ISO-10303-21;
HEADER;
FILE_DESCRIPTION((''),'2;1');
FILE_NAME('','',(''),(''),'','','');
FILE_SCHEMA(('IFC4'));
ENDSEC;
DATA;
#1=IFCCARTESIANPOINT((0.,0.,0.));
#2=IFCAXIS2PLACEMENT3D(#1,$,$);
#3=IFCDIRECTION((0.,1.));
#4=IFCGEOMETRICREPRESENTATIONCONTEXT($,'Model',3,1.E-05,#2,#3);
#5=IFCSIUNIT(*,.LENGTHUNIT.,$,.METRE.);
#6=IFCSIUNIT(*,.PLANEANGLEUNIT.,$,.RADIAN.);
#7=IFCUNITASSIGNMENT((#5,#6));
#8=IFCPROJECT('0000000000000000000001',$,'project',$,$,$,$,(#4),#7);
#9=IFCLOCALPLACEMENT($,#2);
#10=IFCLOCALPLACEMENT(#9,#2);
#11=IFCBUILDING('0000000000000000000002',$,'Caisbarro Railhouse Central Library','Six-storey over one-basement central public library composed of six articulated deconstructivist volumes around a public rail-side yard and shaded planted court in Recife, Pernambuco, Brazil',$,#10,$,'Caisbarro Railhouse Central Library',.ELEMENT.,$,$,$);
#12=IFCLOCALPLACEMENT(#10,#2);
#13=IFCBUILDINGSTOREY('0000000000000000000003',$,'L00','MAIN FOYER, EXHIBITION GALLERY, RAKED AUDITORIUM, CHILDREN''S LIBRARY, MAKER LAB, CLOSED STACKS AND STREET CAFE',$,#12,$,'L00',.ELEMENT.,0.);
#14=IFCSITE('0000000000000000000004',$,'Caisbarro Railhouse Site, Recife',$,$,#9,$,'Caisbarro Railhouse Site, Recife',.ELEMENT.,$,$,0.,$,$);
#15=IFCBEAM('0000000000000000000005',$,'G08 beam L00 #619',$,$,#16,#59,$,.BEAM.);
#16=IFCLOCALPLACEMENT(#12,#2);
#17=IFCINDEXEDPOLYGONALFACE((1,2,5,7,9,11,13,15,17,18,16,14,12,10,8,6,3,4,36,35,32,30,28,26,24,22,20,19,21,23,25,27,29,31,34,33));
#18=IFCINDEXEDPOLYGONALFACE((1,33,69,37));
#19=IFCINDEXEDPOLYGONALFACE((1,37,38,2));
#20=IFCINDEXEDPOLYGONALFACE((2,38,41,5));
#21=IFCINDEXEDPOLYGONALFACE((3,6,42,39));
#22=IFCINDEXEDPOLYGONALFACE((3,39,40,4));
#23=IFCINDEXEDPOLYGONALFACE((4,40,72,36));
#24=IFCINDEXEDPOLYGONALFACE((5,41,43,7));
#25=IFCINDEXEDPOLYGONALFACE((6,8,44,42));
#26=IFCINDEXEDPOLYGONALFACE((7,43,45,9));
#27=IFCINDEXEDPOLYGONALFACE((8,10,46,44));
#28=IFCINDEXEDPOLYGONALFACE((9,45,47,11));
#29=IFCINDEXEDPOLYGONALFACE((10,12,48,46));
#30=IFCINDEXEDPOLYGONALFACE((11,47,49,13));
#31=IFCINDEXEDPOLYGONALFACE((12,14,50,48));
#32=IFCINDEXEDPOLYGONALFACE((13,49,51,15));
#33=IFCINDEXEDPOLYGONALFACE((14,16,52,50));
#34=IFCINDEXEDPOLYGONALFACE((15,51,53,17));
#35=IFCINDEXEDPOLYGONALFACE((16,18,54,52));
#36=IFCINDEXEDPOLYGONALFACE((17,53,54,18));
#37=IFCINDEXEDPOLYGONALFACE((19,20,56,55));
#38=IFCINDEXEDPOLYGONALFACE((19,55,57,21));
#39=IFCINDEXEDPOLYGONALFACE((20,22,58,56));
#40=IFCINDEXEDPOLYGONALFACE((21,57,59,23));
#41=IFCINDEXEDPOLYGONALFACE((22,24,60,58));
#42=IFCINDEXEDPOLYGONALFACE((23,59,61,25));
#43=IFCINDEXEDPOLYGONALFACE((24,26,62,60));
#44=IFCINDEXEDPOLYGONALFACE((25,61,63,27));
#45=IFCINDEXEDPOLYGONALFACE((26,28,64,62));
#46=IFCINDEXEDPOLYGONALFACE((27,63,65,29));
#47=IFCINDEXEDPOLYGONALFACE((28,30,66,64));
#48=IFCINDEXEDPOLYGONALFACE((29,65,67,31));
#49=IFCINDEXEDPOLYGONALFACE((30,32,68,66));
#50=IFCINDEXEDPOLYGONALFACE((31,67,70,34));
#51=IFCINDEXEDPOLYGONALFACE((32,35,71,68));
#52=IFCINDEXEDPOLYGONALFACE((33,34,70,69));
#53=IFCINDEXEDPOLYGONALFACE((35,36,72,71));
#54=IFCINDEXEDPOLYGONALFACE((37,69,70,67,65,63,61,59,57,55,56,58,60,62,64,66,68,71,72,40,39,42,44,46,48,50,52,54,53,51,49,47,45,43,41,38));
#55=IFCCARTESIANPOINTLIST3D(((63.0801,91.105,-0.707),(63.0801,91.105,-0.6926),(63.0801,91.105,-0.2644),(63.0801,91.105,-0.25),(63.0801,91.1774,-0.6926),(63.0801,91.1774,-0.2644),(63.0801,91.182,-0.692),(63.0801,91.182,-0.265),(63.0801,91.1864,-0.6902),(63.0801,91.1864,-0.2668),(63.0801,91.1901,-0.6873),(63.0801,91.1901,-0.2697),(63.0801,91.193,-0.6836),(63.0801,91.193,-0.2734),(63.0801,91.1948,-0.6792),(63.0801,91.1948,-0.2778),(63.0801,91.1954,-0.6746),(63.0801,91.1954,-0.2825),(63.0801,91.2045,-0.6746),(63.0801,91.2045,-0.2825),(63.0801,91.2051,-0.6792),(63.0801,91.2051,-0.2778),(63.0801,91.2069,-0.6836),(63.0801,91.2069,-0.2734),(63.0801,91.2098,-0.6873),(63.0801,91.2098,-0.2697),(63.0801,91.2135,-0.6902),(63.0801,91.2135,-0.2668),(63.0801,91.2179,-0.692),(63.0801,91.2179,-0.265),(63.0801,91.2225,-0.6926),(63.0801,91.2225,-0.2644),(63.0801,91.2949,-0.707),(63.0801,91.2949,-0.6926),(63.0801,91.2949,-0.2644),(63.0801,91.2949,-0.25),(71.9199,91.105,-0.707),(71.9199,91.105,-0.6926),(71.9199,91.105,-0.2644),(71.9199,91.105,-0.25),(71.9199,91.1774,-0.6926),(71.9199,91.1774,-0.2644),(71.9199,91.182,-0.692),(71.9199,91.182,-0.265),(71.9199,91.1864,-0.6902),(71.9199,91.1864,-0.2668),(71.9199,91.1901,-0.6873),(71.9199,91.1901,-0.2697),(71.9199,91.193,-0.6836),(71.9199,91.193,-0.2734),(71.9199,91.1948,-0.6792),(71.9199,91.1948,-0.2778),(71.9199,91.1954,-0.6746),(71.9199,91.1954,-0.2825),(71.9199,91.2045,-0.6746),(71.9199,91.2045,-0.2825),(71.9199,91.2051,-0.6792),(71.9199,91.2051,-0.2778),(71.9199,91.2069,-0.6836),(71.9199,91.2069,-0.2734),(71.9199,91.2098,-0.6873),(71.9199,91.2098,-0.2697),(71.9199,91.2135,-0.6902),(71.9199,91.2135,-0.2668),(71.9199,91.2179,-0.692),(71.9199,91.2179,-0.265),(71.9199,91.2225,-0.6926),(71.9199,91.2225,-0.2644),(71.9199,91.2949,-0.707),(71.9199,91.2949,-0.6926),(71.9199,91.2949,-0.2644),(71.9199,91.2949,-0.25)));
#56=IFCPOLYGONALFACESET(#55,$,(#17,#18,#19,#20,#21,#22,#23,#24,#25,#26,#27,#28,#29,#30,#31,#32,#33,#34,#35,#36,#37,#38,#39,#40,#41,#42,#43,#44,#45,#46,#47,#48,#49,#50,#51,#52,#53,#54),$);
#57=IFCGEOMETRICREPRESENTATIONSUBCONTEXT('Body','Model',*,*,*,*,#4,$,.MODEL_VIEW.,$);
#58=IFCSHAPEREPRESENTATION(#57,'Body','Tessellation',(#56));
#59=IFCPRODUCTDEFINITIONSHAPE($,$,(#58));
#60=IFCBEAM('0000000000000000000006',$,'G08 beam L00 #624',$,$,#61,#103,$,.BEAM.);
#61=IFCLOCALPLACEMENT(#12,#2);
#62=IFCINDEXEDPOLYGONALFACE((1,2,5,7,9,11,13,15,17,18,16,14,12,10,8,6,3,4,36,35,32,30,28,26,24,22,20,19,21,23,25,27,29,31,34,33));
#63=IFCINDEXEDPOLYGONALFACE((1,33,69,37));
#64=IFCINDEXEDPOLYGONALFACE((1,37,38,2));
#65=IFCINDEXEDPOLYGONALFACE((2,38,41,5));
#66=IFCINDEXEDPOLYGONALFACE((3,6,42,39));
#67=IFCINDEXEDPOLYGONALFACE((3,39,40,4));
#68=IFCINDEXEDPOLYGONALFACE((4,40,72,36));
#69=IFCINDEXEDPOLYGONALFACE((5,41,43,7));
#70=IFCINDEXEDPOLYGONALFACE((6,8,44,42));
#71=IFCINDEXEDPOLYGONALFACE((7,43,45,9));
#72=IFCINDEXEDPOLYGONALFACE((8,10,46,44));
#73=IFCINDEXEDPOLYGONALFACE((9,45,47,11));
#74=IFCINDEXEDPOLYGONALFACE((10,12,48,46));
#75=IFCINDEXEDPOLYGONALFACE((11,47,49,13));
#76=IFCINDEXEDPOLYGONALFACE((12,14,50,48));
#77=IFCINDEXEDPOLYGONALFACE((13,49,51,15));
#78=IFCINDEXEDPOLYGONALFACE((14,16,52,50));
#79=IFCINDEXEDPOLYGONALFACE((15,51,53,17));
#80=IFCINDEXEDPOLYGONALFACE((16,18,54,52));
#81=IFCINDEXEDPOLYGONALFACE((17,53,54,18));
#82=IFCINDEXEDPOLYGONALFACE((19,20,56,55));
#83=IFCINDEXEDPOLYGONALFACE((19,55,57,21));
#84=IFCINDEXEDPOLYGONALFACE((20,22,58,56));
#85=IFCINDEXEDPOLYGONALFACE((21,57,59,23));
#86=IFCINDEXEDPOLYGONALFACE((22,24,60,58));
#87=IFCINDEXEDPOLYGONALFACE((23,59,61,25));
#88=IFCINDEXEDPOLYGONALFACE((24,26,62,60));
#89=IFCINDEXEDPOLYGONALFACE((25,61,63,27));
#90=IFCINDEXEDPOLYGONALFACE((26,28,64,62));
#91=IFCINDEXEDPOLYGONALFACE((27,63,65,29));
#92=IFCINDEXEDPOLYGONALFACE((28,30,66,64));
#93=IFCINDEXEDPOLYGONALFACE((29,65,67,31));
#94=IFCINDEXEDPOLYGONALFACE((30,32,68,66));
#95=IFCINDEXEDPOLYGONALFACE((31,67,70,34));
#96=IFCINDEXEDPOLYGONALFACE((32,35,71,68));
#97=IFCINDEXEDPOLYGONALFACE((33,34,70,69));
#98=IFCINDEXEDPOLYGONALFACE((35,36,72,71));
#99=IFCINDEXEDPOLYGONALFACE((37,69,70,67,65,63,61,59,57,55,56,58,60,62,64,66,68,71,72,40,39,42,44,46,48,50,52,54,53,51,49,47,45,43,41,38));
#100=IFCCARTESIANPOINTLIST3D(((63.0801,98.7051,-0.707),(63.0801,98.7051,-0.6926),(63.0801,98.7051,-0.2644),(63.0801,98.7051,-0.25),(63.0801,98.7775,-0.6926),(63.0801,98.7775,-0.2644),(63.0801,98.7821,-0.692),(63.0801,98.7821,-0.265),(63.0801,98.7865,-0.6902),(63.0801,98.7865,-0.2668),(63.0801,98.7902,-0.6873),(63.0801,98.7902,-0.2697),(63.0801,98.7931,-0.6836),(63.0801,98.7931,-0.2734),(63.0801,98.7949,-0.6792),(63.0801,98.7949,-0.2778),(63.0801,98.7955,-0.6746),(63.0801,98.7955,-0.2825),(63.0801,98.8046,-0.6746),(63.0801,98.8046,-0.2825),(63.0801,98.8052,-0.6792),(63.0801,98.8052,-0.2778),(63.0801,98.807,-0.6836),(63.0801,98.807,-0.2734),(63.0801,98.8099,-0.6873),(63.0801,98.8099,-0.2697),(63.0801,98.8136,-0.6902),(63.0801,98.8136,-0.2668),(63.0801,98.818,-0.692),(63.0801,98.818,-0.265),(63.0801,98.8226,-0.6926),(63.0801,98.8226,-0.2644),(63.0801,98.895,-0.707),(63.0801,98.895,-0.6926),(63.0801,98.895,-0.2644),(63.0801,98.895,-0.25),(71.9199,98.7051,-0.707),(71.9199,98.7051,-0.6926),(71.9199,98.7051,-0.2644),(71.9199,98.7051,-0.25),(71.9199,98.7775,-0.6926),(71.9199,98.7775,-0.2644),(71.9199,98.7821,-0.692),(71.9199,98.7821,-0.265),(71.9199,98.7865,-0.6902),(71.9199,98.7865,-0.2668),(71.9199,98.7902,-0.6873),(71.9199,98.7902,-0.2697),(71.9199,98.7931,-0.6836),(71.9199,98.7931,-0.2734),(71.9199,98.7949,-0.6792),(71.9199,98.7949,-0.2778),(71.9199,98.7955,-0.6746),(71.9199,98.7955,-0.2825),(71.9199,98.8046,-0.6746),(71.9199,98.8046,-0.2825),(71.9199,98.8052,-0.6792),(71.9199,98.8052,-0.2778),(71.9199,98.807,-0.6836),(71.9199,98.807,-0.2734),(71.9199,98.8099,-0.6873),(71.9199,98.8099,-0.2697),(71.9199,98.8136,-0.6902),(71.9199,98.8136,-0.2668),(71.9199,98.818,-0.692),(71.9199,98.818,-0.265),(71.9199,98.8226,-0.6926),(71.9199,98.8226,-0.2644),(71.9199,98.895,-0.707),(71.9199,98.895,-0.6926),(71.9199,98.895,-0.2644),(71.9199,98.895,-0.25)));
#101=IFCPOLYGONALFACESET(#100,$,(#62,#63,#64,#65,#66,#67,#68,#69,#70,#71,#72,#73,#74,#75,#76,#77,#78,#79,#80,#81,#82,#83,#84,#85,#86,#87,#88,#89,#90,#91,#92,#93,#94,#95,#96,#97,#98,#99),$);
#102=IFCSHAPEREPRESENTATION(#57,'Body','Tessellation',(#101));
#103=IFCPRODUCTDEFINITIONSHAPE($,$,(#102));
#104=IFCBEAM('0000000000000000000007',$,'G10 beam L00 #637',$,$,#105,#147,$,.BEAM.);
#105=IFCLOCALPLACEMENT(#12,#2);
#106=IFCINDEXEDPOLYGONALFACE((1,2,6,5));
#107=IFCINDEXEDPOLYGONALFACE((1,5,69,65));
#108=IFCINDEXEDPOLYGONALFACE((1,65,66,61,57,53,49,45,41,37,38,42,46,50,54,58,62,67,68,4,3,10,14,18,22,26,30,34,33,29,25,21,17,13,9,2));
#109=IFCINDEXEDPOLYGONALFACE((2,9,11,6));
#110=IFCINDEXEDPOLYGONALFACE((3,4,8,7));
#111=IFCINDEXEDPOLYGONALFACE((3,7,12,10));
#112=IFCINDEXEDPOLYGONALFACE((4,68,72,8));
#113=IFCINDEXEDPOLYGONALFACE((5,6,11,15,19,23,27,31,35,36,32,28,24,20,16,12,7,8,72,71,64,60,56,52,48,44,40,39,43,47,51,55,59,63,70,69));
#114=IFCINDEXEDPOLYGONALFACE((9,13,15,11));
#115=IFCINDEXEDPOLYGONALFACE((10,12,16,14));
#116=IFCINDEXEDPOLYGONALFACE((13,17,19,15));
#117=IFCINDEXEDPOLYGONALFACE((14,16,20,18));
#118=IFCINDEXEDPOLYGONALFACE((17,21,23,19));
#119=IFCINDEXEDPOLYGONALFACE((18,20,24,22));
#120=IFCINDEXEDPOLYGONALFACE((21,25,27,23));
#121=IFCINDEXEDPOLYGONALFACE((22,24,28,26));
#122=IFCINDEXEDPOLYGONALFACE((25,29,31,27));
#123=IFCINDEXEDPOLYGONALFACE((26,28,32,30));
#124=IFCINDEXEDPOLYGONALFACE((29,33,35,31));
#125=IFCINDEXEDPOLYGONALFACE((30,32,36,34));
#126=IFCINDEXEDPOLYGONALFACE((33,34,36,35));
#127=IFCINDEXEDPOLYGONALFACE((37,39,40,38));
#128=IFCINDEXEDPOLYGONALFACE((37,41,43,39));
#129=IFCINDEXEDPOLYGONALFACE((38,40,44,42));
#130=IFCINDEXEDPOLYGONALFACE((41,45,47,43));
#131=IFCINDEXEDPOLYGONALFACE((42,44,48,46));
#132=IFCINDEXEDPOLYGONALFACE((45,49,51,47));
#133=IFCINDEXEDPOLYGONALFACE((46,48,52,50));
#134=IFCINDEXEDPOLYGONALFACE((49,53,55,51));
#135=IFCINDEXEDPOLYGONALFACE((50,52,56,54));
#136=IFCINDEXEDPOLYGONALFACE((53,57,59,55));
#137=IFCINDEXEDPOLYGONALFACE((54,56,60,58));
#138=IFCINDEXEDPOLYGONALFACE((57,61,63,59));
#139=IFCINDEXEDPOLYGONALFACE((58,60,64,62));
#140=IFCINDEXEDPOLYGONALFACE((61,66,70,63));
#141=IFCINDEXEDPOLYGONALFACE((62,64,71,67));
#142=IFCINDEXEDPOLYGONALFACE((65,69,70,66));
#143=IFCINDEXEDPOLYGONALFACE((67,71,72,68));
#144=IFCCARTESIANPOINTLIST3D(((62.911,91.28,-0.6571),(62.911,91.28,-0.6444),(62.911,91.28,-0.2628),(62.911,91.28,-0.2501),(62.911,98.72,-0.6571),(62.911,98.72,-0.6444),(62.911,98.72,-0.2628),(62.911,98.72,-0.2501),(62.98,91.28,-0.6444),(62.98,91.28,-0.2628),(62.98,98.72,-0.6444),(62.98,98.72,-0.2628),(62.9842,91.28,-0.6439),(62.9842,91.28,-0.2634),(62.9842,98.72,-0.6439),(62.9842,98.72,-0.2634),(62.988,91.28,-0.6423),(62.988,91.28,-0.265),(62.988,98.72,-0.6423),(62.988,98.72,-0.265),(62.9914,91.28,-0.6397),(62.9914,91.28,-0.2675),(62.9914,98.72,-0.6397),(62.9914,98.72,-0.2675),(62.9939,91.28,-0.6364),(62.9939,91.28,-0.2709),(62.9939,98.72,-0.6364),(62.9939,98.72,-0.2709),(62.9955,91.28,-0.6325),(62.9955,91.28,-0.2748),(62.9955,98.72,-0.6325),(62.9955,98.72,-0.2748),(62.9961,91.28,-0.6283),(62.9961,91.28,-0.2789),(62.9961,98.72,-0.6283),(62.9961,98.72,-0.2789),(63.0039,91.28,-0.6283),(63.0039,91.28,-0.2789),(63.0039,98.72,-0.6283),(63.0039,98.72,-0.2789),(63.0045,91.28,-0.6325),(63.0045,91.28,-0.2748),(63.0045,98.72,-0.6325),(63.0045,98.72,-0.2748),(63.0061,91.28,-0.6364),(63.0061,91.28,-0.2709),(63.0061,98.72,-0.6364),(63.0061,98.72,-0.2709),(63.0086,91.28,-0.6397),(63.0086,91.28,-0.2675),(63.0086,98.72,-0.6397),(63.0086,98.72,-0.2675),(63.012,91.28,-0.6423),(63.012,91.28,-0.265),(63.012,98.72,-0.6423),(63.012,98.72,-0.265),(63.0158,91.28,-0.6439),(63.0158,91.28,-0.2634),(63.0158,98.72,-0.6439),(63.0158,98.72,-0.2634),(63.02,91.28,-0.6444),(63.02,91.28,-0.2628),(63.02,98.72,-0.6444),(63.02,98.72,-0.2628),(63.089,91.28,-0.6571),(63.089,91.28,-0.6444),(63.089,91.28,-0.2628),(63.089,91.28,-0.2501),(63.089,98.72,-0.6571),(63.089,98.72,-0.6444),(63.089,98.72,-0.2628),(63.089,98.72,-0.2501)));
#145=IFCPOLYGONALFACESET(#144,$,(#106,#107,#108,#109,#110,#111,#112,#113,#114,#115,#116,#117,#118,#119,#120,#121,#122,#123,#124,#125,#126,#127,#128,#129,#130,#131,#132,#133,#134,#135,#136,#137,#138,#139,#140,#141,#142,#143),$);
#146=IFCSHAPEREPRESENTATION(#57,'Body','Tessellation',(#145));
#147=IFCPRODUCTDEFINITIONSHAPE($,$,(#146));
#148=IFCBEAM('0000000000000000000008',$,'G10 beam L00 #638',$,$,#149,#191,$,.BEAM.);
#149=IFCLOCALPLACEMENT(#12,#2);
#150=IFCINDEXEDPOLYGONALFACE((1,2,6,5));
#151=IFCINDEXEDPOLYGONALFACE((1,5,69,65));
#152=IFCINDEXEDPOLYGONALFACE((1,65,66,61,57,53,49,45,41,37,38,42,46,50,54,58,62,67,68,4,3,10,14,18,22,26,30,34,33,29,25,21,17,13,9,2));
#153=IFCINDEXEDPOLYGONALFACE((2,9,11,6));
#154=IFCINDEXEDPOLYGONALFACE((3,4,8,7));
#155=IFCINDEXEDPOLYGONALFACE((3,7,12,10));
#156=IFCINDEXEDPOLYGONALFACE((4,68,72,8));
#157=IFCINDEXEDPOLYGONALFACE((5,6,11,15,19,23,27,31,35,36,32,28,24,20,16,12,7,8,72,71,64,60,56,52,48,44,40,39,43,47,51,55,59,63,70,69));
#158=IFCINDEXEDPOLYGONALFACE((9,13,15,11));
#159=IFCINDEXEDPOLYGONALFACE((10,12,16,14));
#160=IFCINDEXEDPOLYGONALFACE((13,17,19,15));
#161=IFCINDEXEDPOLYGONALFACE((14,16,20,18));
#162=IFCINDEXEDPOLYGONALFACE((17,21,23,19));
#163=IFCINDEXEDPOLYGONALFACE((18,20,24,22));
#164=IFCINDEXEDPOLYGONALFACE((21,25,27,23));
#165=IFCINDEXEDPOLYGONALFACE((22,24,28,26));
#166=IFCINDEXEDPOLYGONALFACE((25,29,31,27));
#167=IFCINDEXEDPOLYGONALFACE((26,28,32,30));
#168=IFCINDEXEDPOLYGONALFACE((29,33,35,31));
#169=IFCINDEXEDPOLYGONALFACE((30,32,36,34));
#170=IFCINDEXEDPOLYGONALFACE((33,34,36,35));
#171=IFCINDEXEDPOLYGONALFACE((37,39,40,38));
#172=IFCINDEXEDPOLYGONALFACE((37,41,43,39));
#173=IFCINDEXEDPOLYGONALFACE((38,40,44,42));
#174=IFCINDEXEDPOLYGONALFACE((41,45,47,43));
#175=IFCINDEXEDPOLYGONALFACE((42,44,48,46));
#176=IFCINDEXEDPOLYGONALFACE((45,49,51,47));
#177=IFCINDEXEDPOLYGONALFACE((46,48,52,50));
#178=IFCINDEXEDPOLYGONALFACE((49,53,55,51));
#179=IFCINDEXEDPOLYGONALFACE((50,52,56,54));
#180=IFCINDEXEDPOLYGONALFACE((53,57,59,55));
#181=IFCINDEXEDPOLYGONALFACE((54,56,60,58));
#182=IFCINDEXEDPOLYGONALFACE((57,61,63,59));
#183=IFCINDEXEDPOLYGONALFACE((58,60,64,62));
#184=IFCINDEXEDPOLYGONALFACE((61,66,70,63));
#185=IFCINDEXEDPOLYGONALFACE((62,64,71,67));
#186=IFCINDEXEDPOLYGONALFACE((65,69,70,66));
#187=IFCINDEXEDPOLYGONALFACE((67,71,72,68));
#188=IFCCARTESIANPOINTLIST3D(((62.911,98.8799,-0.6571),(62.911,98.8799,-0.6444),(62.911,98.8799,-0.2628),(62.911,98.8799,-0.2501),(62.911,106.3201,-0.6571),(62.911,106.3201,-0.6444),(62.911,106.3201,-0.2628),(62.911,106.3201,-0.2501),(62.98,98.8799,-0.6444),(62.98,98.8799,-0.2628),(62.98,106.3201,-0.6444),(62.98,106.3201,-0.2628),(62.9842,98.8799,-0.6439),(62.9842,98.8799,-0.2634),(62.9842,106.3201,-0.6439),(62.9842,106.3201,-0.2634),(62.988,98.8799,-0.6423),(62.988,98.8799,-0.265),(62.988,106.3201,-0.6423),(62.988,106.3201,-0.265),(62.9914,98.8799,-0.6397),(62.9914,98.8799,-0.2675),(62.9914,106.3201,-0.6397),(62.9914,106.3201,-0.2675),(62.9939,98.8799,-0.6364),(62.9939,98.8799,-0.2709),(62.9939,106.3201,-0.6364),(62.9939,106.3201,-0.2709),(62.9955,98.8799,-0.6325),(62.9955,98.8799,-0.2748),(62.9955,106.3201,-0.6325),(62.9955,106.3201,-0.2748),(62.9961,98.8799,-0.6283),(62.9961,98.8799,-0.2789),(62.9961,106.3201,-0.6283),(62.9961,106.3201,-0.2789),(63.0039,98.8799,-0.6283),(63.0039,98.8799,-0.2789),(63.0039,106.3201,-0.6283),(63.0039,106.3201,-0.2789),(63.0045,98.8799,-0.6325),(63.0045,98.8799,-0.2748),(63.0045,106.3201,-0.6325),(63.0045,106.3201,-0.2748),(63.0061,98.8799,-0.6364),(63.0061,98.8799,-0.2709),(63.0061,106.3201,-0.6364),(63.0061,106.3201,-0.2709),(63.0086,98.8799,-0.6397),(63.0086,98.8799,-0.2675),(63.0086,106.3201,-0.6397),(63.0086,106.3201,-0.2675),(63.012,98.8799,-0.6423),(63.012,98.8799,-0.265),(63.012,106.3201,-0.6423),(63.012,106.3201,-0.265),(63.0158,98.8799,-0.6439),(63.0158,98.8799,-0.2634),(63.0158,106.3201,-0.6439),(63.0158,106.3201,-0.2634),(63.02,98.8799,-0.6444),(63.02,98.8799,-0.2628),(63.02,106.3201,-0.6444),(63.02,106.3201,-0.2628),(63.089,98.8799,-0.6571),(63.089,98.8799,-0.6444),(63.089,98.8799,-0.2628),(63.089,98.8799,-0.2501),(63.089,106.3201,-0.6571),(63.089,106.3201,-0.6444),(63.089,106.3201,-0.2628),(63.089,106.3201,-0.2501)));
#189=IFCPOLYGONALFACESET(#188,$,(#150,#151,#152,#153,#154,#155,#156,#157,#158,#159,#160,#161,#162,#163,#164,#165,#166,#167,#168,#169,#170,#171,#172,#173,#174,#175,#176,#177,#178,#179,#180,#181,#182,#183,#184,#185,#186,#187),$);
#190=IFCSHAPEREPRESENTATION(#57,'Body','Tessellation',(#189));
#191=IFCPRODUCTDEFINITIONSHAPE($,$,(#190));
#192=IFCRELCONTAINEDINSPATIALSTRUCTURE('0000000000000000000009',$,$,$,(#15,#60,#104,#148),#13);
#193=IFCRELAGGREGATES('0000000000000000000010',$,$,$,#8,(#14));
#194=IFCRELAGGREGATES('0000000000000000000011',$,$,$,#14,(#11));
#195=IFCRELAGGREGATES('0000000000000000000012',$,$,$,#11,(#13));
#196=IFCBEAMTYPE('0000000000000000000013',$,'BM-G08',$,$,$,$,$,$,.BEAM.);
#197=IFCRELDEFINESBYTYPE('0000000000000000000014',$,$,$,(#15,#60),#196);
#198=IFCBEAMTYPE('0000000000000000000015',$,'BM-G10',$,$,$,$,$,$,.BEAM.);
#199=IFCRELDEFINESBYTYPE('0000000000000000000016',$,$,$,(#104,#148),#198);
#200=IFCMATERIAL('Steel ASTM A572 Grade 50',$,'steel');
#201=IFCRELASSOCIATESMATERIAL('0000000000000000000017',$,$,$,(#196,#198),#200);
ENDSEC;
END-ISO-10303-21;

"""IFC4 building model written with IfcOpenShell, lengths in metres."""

from ifc_helpers import new_model, si_unit, direction, frame, origin, origin_2d, place, context, subcontext, project, spatial, i_section, extrude, material, material_profile, profile_set, type_object, element, save


model = new_model("IFC4")

# Units and contexts
model_context = context("Model", 3, precision=1e-05, world=origin(), true_north=direction((0.0, 1.0)))
body_context = subcontext(model_context, "Body", "Model", "MODEL_VIEW")
ifc_project = project(units=[si_unit("LENGTHUNIT", "METRE"), si_unit("PLANEANGLEUNIT", "RADIAN")], contexts=[model_context])

# Site, building, storey
site_placement = place(None, origin())
site = spatial("IfcSite", under=ifc_project, at=site_placement, Name="Caisbarro Railhouse Site, Recife", LongName="Caisbarro Railhouse Site, Recife", CompositionType="ELEMENT", RefElevation=0.0)
building_placement = place(site_placement, origin())
building = spatial("IfcBuilding", under=site, at=building_placement, Name="Caisbarro Railhouse Central Library", Description="Six-storey over one-basement central public library composed of six articulated deconstructivist volumes around a public rail-side yard and shaded planted court in Recife, Pernambuco, Brazil", LongName="Caisbarro Railhouse Central Library", CompositionType="ELEMENT")
storey_placement = place(building_placement, origin())
storey = spatial("IfcBuildingStorey", under=building, at=storey_placement, Name="L00", Description="MAIN FOYER, EXHIBITION GALLERY, RAKED AUDITORIUM, CHILDREN'S LIBRARY, MAKER LAB, CLOSED STACKS AND STREET CAFE", LongName="L00", CompositionType="ELEMENT", Elevation=0.0)

# Shared definitions
ifc_material_1 = material(Name="Steel ASTM A572 Grade 50", Category="steel")

# Beams
ifc_material_profile_1 = material_profile(ifc_material_1, i_section(OverallWidth=0.1899, OverallDepth=0.457, WebThickness=0.009, FlangeThickness=0.0144, FilletRadius=0.0181, at=origin_2d()), Name="W460X74.0")
ifc_profile_set_1 = profile_set([ifc_material_profile_1], Name="Steel ASTM A572 Grade 50")
beam_type_1 = type_object("IfcBeamType", Name="BM-G08", PredefinedType="BEAM", material=ifc_profile_set_1)
for number, where, z_axis, x_axis, name in (
    (1, (63.0801, 91.2, -0.4785), (1.0, 0.0, 0.0), (0.0, 1.0, 0.0), "G08 beam L00 #619"),
    (2, (63.0801, 98.8, -0.4785), (1.0, 0.0, 0.0), (0.0, 1.0, 0.0), "G08 beam L00 #624"),
):
    element("IfcBeam", number, at=place(storey_placement, frame(where, z_axis=z_axis, x_axis=x_axis)), inside=storey, type_object=beam_type_1, Name=name, PredefinedType="BEAM", context=body_context, shape_type="SweptSolid", body=[
        extrude(i_section(OverallWidth=0.1899, OverallDepth=0.457, WebThickness=0.009, FlangeThickness=0.0144, FilletRadius=0.0181, at=origin_2d()), origin(), (0.0, 0.0, 1.0), 8.8398),
    ])
ifc_material_profile_2 = material_profile(ifc_material_1, i_section(OverallWidth=0.178, OverallDepth=0.407, WebThickness=0.0078, FlangeThickness=0.0127, FilletRadius=0.0161, at=origin_2d()), Name="W410X60.0")
ifc_profile_set_2 = profile_set([ifc_material_profile_2], Name="Steel ASTM A572 Grade 50")
beam_type_2 = type_object("IfcBeamType", Name="BM-G10", PredefinedType="BEAM", material=ifc_profile_set_2)
beam_1_placement = place(storey_placement, frame((63.0, 91.28, -0.4536), z_axis=(0.0, 1.0, 0.0), x_axis=(-1.0, 0.0, 0.0)))
element("IfcBeam", 3, at=beam_1_placement, inside=storey, type_object=beam_type_2, Name="G10 beam L00 #637", PredefinedType="BEAM", context=body_context, shape_type="SweptSolid", body=[
    extrude(i_section(OverallWidth=0.178, OverallDepth=0.407, WebThickness=0.0078, FlangeThickness=0.0127, FilletRadius=0.0161, at=origin_2d()), origin(), (0.0, 0.0, 1.0), 7.4399),
])
beam_2_placement = place(storey_placement, frame((63.0, 98.8799, -0.4536), z_axis=(0.0, 1.0, 0.0), x_axis=(-1.0, 0.0, 0.0)))
element("IfcBeam", 4, at=beam_2_placement, inside=storey, type_object=beam_type_2, Name="G10 beam L00 #638", PredefinedType="BEAM", context=body_context, shape_type="SweptSolid", body=[
    extrude(i_section(OverallWidth=0.178, OverallDepth=0.407, WebThickness=0.0078, FlangeThickness=0.0127, FilletRadius=0.0161, at=origin_2d()), origin(), (0.0, 0.0, 1.0), 7.4402),
])

save(model, "model.ifc")
